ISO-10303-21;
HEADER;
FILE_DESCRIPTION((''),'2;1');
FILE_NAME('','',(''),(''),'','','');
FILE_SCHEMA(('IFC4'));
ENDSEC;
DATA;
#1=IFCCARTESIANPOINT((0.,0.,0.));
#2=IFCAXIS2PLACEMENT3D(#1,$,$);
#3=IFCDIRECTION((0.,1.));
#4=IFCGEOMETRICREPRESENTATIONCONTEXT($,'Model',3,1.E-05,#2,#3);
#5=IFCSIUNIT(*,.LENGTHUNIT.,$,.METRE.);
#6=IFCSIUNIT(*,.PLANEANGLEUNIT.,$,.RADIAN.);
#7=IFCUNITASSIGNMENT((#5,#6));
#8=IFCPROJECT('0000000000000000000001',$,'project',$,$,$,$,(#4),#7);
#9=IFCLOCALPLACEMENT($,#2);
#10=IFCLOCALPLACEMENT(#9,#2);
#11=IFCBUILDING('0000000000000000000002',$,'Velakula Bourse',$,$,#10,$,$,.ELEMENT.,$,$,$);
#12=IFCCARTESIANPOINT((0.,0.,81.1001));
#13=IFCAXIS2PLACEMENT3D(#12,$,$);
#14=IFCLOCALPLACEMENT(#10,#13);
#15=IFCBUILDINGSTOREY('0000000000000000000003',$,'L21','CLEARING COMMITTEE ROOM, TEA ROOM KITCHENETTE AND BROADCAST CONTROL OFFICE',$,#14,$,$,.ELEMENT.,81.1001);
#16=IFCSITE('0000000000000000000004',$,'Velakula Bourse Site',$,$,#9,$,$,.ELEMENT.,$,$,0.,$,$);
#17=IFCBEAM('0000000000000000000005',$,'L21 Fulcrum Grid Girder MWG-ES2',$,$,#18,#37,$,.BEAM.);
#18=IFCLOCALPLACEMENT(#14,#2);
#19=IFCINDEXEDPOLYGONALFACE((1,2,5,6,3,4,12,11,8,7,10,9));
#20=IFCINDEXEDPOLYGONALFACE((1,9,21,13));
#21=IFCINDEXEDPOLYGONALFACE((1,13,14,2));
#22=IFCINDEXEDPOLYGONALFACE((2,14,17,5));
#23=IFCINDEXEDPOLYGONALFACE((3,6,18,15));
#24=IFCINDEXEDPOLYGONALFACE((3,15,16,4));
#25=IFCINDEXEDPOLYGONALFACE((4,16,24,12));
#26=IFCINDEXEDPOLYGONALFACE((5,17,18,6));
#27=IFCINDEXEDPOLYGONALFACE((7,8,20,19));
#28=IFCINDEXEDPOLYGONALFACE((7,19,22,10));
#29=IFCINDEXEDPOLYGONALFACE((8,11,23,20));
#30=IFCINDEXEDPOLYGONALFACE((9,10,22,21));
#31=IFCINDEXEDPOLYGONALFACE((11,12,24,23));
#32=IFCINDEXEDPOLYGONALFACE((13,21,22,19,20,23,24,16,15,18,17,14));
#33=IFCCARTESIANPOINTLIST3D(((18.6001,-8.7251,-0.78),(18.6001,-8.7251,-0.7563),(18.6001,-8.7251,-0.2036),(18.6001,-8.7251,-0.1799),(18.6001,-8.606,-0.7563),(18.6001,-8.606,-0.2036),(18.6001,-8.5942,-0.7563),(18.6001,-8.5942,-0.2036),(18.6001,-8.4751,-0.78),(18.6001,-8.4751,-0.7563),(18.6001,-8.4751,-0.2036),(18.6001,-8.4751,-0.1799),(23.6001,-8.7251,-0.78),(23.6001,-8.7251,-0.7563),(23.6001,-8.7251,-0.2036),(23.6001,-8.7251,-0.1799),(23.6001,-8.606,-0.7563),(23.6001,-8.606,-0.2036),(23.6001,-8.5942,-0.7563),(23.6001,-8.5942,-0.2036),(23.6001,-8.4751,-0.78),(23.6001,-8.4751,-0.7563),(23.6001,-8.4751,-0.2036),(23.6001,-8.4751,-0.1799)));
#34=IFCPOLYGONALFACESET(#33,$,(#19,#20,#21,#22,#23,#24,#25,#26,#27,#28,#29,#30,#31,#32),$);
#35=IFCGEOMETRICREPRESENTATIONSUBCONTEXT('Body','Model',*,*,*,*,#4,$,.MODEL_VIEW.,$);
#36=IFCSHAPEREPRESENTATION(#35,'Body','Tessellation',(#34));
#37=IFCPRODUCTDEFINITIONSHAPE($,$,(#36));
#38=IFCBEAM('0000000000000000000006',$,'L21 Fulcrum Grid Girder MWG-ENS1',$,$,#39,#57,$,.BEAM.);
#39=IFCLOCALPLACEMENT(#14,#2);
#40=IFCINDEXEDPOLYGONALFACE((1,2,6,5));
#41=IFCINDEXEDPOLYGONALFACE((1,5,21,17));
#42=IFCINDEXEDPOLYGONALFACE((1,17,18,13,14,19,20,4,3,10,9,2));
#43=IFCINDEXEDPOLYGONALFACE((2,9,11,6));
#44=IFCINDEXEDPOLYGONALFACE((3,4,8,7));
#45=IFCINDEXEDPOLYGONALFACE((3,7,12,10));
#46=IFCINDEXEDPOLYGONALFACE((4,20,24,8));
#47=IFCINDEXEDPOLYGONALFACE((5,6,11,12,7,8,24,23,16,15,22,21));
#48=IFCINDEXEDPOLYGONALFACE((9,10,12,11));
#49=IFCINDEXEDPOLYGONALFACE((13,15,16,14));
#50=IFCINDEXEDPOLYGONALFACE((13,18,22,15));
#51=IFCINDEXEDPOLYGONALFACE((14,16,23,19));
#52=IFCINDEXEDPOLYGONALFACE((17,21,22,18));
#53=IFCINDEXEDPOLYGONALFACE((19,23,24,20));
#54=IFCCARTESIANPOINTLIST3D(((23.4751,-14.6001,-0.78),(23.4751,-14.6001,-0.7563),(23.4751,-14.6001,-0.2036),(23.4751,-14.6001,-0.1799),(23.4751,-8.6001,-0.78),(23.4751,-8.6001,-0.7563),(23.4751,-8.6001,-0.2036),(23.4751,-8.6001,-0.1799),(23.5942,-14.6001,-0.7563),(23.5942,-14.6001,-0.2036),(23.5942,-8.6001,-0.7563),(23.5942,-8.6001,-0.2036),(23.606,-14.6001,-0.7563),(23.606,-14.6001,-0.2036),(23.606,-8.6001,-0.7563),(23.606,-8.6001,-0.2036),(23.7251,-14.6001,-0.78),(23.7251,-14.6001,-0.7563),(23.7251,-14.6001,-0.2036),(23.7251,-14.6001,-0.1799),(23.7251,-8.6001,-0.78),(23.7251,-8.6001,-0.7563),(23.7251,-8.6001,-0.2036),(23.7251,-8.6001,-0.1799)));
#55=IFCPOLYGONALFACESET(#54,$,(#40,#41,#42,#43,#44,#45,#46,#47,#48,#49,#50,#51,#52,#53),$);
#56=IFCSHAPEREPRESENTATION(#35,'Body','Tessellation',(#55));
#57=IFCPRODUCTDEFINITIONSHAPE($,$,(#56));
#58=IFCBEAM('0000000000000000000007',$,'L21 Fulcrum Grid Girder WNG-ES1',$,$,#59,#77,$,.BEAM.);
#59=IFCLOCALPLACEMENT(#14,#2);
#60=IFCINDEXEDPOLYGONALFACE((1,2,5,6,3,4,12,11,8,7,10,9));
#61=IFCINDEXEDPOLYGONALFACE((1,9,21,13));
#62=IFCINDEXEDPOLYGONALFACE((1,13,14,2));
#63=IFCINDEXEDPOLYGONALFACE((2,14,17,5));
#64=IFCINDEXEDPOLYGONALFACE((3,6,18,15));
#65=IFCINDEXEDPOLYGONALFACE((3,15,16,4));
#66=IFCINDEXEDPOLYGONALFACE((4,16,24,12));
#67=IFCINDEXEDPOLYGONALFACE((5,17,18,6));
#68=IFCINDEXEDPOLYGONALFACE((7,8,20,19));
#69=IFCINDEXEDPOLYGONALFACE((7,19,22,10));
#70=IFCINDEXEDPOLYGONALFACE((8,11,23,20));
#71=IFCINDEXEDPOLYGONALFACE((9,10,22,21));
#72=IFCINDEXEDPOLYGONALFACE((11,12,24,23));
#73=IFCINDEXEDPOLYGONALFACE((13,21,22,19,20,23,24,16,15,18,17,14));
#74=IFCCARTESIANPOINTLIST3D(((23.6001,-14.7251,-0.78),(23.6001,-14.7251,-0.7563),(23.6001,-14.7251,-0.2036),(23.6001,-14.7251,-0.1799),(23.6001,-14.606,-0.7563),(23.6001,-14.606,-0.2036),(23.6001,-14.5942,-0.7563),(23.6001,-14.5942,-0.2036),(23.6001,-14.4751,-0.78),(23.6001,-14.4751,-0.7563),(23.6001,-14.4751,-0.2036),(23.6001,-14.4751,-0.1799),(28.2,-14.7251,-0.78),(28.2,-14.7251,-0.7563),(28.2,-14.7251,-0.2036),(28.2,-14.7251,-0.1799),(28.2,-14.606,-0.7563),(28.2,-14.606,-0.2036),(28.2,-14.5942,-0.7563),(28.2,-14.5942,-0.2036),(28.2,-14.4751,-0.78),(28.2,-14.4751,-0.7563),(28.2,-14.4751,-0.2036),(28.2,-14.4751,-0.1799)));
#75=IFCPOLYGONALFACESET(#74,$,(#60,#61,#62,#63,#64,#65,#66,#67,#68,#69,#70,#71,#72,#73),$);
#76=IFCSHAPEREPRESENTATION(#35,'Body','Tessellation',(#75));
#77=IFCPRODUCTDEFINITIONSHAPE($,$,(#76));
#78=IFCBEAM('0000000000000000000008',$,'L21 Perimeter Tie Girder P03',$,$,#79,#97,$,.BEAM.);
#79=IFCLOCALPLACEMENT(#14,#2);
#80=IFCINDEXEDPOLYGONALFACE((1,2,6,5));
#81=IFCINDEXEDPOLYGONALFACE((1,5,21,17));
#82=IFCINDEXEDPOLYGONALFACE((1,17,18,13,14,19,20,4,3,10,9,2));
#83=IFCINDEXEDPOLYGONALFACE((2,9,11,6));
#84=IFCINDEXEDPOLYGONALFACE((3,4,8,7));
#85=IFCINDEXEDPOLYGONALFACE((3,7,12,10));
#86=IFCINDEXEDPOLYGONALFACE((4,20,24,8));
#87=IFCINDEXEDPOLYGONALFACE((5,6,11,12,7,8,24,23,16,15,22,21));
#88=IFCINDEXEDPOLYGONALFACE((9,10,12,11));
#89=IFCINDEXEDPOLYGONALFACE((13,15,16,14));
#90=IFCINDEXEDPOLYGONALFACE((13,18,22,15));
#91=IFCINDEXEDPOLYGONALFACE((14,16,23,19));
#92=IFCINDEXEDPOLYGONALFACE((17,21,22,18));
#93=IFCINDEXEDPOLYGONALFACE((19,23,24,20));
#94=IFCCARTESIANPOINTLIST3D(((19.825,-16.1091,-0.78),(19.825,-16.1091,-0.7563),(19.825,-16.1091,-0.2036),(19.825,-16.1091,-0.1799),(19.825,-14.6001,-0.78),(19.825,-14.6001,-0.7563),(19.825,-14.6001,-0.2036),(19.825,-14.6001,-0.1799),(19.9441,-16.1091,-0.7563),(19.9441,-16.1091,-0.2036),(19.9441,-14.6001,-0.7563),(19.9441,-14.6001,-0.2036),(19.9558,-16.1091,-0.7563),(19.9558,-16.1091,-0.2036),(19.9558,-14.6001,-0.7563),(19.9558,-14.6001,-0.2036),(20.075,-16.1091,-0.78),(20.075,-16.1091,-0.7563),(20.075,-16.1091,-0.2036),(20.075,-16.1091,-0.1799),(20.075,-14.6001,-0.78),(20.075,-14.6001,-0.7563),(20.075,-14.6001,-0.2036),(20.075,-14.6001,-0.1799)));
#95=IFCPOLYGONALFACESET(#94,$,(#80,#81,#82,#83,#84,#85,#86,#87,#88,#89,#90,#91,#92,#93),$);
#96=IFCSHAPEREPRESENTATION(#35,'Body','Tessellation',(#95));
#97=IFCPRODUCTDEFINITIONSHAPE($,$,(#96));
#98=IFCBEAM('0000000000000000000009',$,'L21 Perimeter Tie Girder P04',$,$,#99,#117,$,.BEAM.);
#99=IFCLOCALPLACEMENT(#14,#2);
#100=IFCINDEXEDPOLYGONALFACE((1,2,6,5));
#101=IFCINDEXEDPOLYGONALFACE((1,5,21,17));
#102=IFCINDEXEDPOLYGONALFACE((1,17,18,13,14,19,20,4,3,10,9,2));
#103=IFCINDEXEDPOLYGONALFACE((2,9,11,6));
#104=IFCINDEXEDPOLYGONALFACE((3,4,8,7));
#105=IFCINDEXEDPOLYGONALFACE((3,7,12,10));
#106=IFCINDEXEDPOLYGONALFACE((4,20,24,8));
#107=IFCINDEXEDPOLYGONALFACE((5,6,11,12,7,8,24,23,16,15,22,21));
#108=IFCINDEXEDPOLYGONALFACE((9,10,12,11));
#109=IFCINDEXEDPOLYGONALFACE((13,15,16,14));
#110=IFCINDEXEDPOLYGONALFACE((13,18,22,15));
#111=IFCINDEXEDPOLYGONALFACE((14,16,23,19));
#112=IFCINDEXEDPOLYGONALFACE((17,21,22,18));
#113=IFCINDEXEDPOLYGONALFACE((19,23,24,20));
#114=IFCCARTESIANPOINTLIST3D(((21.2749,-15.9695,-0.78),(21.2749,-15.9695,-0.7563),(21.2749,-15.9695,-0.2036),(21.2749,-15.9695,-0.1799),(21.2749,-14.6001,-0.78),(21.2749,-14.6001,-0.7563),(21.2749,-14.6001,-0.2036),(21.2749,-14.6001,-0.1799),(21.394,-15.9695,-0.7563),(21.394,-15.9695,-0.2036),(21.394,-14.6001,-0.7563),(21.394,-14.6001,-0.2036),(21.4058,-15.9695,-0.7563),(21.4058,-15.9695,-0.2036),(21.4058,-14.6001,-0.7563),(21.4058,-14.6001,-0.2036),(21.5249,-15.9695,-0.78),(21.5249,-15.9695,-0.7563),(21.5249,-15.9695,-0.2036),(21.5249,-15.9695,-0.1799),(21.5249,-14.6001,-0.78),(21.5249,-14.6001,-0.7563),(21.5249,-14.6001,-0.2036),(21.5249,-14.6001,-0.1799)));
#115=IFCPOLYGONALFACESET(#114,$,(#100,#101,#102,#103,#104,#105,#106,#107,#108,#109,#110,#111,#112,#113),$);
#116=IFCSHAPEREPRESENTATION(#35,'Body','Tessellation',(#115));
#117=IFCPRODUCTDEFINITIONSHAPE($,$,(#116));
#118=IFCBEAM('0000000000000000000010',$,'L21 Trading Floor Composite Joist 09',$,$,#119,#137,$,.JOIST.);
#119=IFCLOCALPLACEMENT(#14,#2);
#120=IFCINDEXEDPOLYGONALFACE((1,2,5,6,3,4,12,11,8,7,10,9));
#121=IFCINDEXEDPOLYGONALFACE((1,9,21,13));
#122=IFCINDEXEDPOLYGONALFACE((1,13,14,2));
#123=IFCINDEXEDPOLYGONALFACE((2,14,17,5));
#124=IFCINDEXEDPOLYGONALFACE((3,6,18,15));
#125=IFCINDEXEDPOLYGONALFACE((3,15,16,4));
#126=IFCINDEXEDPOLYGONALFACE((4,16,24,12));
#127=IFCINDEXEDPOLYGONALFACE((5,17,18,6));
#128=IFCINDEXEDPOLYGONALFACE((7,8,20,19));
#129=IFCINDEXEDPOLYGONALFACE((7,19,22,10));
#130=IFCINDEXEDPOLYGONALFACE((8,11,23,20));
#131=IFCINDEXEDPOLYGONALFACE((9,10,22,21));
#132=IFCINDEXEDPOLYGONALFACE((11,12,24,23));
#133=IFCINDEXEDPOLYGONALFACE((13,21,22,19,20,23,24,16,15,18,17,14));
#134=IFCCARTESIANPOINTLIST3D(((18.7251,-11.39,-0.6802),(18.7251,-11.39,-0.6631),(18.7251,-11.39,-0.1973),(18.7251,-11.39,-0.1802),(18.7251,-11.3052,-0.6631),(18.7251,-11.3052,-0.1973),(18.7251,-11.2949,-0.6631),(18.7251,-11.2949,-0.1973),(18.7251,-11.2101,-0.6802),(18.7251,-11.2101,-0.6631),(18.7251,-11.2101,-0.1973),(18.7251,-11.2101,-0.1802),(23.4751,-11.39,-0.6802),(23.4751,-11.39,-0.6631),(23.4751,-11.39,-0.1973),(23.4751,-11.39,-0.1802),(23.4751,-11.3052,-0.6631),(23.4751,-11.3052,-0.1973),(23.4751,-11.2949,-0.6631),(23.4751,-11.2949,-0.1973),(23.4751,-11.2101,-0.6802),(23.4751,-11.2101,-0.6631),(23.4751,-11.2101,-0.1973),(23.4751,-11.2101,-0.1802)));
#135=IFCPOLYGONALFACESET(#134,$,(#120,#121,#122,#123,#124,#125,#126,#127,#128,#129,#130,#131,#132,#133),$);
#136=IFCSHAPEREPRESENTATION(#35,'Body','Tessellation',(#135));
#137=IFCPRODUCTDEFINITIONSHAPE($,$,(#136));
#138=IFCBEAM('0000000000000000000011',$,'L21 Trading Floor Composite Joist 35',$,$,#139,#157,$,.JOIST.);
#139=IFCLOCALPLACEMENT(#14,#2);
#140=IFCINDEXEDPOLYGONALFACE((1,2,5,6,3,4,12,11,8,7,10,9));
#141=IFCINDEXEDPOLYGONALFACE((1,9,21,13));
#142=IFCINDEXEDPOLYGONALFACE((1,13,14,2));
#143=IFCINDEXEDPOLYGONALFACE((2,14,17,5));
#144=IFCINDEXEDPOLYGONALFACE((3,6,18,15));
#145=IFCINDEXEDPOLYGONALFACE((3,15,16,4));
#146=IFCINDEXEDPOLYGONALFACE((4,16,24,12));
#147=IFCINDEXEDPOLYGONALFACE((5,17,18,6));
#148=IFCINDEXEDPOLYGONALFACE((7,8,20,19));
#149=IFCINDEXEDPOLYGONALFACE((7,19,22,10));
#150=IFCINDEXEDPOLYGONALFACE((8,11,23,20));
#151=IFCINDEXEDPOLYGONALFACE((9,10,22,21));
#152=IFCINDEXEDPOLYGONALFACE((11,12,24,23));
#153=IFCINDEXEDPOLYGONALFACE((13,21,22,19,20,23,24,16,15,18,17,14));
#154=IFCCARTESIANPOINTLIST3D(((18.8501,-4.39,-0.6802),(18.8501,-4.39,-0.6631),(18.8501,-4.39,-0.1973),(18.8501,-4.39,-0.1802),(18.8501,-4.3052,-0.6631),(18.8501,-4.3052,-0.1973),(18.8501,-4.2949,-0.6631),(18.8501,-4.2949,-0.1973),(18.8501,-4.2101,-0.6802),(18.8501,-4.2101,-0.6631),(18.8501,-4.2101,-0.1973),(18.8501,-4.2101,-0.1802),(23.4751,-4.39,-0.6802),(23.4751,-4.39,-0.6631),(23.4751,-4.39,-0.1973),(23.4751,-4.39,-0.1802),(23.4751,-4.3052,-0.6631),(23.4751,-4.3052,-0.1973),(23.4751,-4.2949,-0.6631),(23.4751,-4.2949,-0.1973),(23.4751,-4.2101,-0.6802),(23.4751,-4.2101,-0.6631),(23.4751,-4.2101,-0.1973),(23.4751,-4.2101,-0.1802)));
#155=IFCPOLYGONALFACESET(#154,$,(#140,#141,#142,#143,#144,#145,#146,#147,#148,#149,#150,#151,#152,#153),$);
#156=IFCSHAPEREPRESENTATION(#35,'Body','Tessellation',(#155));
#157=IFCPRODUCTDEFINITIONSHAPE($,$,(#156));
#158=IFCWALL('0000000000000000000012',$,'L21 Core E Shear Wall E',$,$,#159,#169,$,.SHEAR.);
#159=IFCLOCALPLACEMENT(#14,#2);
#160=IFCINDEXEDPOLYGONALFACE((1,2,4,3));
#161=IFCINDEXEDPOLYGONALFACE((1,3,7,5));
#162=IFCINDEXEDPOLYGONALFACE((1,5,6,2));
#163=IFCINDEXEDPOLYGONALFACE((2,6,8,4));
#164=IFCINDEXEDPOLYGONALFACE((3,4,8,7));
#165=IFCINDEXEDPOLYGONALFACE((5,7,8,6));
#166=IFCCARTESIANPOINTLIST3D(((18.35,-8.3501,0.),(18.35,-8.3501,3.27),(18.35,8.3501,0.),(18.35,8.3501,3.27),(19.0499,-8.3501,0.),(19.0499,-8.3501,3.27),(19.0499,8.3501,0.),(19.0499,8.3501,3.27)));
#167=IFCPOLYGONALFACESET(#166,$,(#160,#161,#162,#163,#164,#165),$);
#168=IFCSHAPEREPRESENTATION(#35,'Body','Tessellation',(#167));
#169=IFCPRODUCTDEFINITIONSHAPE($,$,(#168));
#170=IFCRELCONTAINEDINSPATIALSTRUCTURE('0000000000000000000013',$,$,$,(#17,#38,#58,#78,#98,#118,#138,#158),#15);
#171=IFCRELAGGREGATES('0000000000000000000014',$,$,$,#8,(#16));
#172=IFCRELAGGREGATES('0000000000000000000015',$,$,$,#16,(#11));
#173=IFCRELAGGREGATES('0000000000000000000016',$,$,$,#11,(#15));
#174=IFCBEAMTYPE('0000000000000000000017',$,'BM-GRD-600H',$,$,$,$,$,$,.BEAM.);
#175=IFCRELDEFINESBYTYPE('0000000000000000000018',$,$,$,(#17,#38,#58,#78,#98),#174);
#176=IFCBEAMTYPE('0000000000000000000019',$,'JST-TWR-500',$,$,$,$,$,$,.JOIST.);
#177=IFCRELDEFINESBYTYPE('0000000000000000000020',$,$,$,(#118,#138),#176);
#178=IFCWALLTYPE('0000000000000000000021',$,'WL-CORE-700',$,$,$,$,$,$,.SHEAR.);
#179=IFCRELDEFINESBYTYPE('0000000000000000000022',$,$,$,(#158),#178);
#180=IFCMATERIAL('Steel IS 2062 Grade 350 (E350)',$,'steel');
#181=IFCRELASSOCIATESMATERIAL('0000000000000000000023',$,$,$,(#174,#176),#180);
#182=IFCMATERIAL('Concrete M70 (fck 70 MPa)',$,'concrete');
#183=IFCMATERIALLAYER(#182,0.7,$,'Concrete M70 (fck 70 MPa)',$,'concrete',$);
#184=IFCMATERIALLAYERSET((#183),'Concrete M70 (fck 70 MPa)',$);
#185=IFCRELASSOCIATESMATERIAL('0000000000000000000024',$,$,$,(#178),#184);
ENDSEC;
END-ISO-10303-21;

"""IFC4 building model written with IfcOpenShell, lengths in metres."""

from ifc_helpers import new_model, si_unit, direction, frame, frame_2d, origin, origin_2d, place, context, subcontext, project, spatial, rectangle, i_section, extrude, material, layer, layer_set, material_profile, profile_set, type_object, element, save


model = new_model("IFC4")

# Units and contexts
model_context = context("Model", 3, precision=1e-05, world=origin(), true_north=direction((0.0, 1.0)))
body_context = subcontext(model_context, "Body", "Model", "MODEL_VIEW")
ifc_project = project(units=[si_unit("LENGTHUNIT", "METRE"), si_unit("PLANEANGLEUNIT", "RADIAN")], contexts=[model_context])

# Site, building, storey
site_placement = place(None, origin())
site = spatial("IfcSite", under=ifc_project, at=site_placement, Name="Velakula Bourse Site", CompositionType="ELEMENT", RefElevation=0.0)
building_placement = place(site_placement, origin())
building = spatial("IfcBuilding", under=site, at=building_placement, Name="Velakula Bourse", CompositionType="ELEMENT")
storey_placement = place(building_placement, frame((0.0, 0.0, 81.1001)))
storey = spatial("IfcBuildingStorey", under=building, at=storey_placement, Name="L21", Description="CLEARING COMMITTEE ROOM, TEA ROOM KITCHENETTE AND BROADCAST CONTROL OFFICE", CompositionType="ELEMENT", Elevation=81.1001)

# Shared definitions
ifc_material_1 = material(Name="Concrete M70 (fck 70 MPa)", Category="concrete")

# Beams
ifc_material_2 = material(Name="Steel IS 2062 Grade 350 (E350)", Category="steel")
ifc_material_profile_1 = material_profile(ifc_material_2, i_section(OverallWidth=0.25, OverallDepth=0.6001, WebThickness=0.0117, FlangeThickness=0.0237, at=origin_2d()), Name="Steel IS 2062 Grade 350 (E350)")
ifc_profile_set_1 = profile_set([ifc_material_profile_1], Name="Steel IS 2062 Grade 350 (E350)")
beam_type_1 = type_object("IfcBeamType", Name="BM-GRD-600H", PredefinedType="BEAM", material=ifc_profile_set_1)
beam_1_placement = place(storey_placement, frame((18.6001, -8.6001, -0.48), z_axis=(1.0, 0.0, 0.0), x_axis=(0.0, 1.0, 0.0)))
element("IfcBeam", 1, at=beam_1_placement, inside=storey, type_object=beam_type_1, Name="L21 Fulcrum Grid Girder MWG-ES2", PredefinedType="BEAM", context=body_context, shape_type="SweptSolid", body=[
    extrude(i_section(OverallWidth=0.25, OverallDepth=0.6001, WebThickness=0.0117, FlangeThickness=0.0237, at=origin_2d()), origin(), (0.0, 0.0, 1.0), 5.0),
])
beam_2_placement = place(storey_placement, frame((23.6001, -14.6001, -0.48), z_axis=(0.0, 1.0, 0.0), x_axis=(-1.0, 0.0, 0.0)))
element("IfcBeam", 2, at=beam_2_placement, inside=storey, type_object=beam_type_1, Name="L21 Fulcrum Grid Girder MWG-ENS1", PredefinedType="BEAM", context=body_context, shape_type="SweptSolid", body=[
    extrude(i_section(OverallWidth=0.25, OverallDepth=0.6001, WebThickness=0.0117, FlangeThickness=0.0237, at=origin_2d()), origin(), (0.0, 0.0, 1.0), 6.0),
])
beam_3_placement = place(storey_placement, frame((23.6001, -14.6001, -0.48), z_axis=(1.0, 0.0, 0.0), x_axis=(0.0, 1.0, 0.0)))
element("IfcBeam", 3, at=beam_3_placement, inside=storey, type_object=beam_type_1, Name="L21 Fulcrum Grid Girder WNG-ES1", PredefinedType="BEAM", context=body_context, shape_type="SweptSolid", body=[
    extrude(i_section(OverallWidth=0.25, OverallDepth=0.6001, WebThickness=0.0117, FlangeThickness=0.0237, at=origin_2d()), origin(), (0.0, 0.0, 1.0), 4.5999),
])
beam_4_placement = place(storey_placement, frame((19.95, -14.6001, -0.48), z_axis=(0.0, -1.0, 0.0), x_axis=(1.0, 0.0, 0.0)))
element("IfcBeam", 4, at=beam_4_placement, inside=storey, type_object=beam_type_1, Name="L21 Perimeter Tie Girder P03", PredefinedType="BEAM", context=body_context, shape_type="SweptSolid", body=[
    extrude(i_section(OverallWidth=0.25, OverallDepth=0.6001, WebThickness=0.0117, FlangeThickness=0.0237, at=origin_2d()), origin(), (0.0, 0.0, 1.0), 1.509),
])
beam_5_placement = place(storey_placement, frame((21.3999, -14.6001, -0.48), z_axis=(0.0, -1.0, 0.0), x_axis=(1.0, 0.0, 0.0)))
element("IfcBeam", 5, at=beam_5_placement, inside=storey, type_object=beam_type_1, Name="L21 Perimeter Tie Girder P04", PredefinedType="BEAM", context=body_context, shape_type="SweptSolid", body=[
    extrude(i_section(OverallWidth=0.25, OverallDepth=0.6001, WebThickness=0.0117, FlangeThickness=0.0237, at=origin_2d()), origin(), (0.0, 0.0, 1.0), 1.3694),
])
ifc_material_profile_2 = material_profile(ifc_material_2, i_section(OverallWidth=0.1799, OverallDepth=0.5, WebThickness=0.0103, FlangeThickness=0.0171, at=origin_2d()), Name="Steel IS 2062 Grade 350 (E350)")
ifc_profile_set_2 = profile_set([ifc_material_profile_2], Name="Steel IS 2062 Grade 350 (E350)")
beam_type_2 = type_object("IfcBeamType", Name="JST-TWR-500", PredefinedType="JOIST", material=ifc_profile_set_2)
beam_6_placement = place(storey_placement, frame((18.7251, -11.3, -0.4302), z_axis=(1.0, 0.0, 0.0), x_axis=(0.0, 1.0, 0.0)))
element("IfcBeam", 6, at=beam_6_placement, inside=storey, type_object=beam_type_2, Name="L21 Trading Floor Composite Joist 09", PredefinedType="JOIST", context=body_context, shape_type="SweptSolid", body=[
    extrude(i_section(OverallWidth=0.1799, OverallDepth=0.5, WebThickness=0.0103, FlangeThickness=0.0171, at=origin_2d()), origin(), (0.0, 0.0, 1.0), 4.75),
])
beam_7_placement = place(storey_placement, frame((18.8501, -4.3, -0.4302), z_axis=(1.0, 0.0, 0.0), x_axis=(0.0, 1.0, 0.0)))
element("IfcBeam", 7, at=beam_7_placement, inside=storey, type_object=beam_type_2, Name="L21 Trading Floor Composite Joist 35", PredefinedType="JOIST", context=body_context, shape_type="SweptSolid", body=[
    extrude(i_section(OverallWidth=0.1799, OverallDepth=0.5, WebThickness=0.0103, FlangeThickness=0.0171, at=origin_2d()), origin(), (0.0, 0.0, 1.0), 4.625),
])

# Wall
ifc_layer_1 = layer(ifc_material_1, 0.7, Name="Concrete M70 (fck 70 MPa)", Category="concrete")
ifc_layer_set_1 = layer_set([ifc_layer_1], Name="Concrete M70 (fck 70 MPa)")
wall_type_1 = type_object("IfcWallType", Name="WL-CORE-700", PredefinedType="SHEAR", material=ifc_layer_set_1)
wall_1_placement = place(storey_placement, frame((18.7, -8.3501, 0.0), z_axis=(0.0, 0.0, 1.0), x_axis=(0.0, 1.0, 0.0)))
element("IfcWall", 8, at=wall_1_placement, inside=storey, type_object=wall_type_1, Name="L21 Core E Shear Wall E", PredefinedType="SHEAR", context=body_context, shape_type="SweptSolid", body=[
    extrude(rectangle(XDim=16.7002, YDim=0.7, at=frame_2d((8.3501, 0.0))), origin(), (0.0, 0.0, 1.0), 3.27),
])

save(model, "model.ifc")
